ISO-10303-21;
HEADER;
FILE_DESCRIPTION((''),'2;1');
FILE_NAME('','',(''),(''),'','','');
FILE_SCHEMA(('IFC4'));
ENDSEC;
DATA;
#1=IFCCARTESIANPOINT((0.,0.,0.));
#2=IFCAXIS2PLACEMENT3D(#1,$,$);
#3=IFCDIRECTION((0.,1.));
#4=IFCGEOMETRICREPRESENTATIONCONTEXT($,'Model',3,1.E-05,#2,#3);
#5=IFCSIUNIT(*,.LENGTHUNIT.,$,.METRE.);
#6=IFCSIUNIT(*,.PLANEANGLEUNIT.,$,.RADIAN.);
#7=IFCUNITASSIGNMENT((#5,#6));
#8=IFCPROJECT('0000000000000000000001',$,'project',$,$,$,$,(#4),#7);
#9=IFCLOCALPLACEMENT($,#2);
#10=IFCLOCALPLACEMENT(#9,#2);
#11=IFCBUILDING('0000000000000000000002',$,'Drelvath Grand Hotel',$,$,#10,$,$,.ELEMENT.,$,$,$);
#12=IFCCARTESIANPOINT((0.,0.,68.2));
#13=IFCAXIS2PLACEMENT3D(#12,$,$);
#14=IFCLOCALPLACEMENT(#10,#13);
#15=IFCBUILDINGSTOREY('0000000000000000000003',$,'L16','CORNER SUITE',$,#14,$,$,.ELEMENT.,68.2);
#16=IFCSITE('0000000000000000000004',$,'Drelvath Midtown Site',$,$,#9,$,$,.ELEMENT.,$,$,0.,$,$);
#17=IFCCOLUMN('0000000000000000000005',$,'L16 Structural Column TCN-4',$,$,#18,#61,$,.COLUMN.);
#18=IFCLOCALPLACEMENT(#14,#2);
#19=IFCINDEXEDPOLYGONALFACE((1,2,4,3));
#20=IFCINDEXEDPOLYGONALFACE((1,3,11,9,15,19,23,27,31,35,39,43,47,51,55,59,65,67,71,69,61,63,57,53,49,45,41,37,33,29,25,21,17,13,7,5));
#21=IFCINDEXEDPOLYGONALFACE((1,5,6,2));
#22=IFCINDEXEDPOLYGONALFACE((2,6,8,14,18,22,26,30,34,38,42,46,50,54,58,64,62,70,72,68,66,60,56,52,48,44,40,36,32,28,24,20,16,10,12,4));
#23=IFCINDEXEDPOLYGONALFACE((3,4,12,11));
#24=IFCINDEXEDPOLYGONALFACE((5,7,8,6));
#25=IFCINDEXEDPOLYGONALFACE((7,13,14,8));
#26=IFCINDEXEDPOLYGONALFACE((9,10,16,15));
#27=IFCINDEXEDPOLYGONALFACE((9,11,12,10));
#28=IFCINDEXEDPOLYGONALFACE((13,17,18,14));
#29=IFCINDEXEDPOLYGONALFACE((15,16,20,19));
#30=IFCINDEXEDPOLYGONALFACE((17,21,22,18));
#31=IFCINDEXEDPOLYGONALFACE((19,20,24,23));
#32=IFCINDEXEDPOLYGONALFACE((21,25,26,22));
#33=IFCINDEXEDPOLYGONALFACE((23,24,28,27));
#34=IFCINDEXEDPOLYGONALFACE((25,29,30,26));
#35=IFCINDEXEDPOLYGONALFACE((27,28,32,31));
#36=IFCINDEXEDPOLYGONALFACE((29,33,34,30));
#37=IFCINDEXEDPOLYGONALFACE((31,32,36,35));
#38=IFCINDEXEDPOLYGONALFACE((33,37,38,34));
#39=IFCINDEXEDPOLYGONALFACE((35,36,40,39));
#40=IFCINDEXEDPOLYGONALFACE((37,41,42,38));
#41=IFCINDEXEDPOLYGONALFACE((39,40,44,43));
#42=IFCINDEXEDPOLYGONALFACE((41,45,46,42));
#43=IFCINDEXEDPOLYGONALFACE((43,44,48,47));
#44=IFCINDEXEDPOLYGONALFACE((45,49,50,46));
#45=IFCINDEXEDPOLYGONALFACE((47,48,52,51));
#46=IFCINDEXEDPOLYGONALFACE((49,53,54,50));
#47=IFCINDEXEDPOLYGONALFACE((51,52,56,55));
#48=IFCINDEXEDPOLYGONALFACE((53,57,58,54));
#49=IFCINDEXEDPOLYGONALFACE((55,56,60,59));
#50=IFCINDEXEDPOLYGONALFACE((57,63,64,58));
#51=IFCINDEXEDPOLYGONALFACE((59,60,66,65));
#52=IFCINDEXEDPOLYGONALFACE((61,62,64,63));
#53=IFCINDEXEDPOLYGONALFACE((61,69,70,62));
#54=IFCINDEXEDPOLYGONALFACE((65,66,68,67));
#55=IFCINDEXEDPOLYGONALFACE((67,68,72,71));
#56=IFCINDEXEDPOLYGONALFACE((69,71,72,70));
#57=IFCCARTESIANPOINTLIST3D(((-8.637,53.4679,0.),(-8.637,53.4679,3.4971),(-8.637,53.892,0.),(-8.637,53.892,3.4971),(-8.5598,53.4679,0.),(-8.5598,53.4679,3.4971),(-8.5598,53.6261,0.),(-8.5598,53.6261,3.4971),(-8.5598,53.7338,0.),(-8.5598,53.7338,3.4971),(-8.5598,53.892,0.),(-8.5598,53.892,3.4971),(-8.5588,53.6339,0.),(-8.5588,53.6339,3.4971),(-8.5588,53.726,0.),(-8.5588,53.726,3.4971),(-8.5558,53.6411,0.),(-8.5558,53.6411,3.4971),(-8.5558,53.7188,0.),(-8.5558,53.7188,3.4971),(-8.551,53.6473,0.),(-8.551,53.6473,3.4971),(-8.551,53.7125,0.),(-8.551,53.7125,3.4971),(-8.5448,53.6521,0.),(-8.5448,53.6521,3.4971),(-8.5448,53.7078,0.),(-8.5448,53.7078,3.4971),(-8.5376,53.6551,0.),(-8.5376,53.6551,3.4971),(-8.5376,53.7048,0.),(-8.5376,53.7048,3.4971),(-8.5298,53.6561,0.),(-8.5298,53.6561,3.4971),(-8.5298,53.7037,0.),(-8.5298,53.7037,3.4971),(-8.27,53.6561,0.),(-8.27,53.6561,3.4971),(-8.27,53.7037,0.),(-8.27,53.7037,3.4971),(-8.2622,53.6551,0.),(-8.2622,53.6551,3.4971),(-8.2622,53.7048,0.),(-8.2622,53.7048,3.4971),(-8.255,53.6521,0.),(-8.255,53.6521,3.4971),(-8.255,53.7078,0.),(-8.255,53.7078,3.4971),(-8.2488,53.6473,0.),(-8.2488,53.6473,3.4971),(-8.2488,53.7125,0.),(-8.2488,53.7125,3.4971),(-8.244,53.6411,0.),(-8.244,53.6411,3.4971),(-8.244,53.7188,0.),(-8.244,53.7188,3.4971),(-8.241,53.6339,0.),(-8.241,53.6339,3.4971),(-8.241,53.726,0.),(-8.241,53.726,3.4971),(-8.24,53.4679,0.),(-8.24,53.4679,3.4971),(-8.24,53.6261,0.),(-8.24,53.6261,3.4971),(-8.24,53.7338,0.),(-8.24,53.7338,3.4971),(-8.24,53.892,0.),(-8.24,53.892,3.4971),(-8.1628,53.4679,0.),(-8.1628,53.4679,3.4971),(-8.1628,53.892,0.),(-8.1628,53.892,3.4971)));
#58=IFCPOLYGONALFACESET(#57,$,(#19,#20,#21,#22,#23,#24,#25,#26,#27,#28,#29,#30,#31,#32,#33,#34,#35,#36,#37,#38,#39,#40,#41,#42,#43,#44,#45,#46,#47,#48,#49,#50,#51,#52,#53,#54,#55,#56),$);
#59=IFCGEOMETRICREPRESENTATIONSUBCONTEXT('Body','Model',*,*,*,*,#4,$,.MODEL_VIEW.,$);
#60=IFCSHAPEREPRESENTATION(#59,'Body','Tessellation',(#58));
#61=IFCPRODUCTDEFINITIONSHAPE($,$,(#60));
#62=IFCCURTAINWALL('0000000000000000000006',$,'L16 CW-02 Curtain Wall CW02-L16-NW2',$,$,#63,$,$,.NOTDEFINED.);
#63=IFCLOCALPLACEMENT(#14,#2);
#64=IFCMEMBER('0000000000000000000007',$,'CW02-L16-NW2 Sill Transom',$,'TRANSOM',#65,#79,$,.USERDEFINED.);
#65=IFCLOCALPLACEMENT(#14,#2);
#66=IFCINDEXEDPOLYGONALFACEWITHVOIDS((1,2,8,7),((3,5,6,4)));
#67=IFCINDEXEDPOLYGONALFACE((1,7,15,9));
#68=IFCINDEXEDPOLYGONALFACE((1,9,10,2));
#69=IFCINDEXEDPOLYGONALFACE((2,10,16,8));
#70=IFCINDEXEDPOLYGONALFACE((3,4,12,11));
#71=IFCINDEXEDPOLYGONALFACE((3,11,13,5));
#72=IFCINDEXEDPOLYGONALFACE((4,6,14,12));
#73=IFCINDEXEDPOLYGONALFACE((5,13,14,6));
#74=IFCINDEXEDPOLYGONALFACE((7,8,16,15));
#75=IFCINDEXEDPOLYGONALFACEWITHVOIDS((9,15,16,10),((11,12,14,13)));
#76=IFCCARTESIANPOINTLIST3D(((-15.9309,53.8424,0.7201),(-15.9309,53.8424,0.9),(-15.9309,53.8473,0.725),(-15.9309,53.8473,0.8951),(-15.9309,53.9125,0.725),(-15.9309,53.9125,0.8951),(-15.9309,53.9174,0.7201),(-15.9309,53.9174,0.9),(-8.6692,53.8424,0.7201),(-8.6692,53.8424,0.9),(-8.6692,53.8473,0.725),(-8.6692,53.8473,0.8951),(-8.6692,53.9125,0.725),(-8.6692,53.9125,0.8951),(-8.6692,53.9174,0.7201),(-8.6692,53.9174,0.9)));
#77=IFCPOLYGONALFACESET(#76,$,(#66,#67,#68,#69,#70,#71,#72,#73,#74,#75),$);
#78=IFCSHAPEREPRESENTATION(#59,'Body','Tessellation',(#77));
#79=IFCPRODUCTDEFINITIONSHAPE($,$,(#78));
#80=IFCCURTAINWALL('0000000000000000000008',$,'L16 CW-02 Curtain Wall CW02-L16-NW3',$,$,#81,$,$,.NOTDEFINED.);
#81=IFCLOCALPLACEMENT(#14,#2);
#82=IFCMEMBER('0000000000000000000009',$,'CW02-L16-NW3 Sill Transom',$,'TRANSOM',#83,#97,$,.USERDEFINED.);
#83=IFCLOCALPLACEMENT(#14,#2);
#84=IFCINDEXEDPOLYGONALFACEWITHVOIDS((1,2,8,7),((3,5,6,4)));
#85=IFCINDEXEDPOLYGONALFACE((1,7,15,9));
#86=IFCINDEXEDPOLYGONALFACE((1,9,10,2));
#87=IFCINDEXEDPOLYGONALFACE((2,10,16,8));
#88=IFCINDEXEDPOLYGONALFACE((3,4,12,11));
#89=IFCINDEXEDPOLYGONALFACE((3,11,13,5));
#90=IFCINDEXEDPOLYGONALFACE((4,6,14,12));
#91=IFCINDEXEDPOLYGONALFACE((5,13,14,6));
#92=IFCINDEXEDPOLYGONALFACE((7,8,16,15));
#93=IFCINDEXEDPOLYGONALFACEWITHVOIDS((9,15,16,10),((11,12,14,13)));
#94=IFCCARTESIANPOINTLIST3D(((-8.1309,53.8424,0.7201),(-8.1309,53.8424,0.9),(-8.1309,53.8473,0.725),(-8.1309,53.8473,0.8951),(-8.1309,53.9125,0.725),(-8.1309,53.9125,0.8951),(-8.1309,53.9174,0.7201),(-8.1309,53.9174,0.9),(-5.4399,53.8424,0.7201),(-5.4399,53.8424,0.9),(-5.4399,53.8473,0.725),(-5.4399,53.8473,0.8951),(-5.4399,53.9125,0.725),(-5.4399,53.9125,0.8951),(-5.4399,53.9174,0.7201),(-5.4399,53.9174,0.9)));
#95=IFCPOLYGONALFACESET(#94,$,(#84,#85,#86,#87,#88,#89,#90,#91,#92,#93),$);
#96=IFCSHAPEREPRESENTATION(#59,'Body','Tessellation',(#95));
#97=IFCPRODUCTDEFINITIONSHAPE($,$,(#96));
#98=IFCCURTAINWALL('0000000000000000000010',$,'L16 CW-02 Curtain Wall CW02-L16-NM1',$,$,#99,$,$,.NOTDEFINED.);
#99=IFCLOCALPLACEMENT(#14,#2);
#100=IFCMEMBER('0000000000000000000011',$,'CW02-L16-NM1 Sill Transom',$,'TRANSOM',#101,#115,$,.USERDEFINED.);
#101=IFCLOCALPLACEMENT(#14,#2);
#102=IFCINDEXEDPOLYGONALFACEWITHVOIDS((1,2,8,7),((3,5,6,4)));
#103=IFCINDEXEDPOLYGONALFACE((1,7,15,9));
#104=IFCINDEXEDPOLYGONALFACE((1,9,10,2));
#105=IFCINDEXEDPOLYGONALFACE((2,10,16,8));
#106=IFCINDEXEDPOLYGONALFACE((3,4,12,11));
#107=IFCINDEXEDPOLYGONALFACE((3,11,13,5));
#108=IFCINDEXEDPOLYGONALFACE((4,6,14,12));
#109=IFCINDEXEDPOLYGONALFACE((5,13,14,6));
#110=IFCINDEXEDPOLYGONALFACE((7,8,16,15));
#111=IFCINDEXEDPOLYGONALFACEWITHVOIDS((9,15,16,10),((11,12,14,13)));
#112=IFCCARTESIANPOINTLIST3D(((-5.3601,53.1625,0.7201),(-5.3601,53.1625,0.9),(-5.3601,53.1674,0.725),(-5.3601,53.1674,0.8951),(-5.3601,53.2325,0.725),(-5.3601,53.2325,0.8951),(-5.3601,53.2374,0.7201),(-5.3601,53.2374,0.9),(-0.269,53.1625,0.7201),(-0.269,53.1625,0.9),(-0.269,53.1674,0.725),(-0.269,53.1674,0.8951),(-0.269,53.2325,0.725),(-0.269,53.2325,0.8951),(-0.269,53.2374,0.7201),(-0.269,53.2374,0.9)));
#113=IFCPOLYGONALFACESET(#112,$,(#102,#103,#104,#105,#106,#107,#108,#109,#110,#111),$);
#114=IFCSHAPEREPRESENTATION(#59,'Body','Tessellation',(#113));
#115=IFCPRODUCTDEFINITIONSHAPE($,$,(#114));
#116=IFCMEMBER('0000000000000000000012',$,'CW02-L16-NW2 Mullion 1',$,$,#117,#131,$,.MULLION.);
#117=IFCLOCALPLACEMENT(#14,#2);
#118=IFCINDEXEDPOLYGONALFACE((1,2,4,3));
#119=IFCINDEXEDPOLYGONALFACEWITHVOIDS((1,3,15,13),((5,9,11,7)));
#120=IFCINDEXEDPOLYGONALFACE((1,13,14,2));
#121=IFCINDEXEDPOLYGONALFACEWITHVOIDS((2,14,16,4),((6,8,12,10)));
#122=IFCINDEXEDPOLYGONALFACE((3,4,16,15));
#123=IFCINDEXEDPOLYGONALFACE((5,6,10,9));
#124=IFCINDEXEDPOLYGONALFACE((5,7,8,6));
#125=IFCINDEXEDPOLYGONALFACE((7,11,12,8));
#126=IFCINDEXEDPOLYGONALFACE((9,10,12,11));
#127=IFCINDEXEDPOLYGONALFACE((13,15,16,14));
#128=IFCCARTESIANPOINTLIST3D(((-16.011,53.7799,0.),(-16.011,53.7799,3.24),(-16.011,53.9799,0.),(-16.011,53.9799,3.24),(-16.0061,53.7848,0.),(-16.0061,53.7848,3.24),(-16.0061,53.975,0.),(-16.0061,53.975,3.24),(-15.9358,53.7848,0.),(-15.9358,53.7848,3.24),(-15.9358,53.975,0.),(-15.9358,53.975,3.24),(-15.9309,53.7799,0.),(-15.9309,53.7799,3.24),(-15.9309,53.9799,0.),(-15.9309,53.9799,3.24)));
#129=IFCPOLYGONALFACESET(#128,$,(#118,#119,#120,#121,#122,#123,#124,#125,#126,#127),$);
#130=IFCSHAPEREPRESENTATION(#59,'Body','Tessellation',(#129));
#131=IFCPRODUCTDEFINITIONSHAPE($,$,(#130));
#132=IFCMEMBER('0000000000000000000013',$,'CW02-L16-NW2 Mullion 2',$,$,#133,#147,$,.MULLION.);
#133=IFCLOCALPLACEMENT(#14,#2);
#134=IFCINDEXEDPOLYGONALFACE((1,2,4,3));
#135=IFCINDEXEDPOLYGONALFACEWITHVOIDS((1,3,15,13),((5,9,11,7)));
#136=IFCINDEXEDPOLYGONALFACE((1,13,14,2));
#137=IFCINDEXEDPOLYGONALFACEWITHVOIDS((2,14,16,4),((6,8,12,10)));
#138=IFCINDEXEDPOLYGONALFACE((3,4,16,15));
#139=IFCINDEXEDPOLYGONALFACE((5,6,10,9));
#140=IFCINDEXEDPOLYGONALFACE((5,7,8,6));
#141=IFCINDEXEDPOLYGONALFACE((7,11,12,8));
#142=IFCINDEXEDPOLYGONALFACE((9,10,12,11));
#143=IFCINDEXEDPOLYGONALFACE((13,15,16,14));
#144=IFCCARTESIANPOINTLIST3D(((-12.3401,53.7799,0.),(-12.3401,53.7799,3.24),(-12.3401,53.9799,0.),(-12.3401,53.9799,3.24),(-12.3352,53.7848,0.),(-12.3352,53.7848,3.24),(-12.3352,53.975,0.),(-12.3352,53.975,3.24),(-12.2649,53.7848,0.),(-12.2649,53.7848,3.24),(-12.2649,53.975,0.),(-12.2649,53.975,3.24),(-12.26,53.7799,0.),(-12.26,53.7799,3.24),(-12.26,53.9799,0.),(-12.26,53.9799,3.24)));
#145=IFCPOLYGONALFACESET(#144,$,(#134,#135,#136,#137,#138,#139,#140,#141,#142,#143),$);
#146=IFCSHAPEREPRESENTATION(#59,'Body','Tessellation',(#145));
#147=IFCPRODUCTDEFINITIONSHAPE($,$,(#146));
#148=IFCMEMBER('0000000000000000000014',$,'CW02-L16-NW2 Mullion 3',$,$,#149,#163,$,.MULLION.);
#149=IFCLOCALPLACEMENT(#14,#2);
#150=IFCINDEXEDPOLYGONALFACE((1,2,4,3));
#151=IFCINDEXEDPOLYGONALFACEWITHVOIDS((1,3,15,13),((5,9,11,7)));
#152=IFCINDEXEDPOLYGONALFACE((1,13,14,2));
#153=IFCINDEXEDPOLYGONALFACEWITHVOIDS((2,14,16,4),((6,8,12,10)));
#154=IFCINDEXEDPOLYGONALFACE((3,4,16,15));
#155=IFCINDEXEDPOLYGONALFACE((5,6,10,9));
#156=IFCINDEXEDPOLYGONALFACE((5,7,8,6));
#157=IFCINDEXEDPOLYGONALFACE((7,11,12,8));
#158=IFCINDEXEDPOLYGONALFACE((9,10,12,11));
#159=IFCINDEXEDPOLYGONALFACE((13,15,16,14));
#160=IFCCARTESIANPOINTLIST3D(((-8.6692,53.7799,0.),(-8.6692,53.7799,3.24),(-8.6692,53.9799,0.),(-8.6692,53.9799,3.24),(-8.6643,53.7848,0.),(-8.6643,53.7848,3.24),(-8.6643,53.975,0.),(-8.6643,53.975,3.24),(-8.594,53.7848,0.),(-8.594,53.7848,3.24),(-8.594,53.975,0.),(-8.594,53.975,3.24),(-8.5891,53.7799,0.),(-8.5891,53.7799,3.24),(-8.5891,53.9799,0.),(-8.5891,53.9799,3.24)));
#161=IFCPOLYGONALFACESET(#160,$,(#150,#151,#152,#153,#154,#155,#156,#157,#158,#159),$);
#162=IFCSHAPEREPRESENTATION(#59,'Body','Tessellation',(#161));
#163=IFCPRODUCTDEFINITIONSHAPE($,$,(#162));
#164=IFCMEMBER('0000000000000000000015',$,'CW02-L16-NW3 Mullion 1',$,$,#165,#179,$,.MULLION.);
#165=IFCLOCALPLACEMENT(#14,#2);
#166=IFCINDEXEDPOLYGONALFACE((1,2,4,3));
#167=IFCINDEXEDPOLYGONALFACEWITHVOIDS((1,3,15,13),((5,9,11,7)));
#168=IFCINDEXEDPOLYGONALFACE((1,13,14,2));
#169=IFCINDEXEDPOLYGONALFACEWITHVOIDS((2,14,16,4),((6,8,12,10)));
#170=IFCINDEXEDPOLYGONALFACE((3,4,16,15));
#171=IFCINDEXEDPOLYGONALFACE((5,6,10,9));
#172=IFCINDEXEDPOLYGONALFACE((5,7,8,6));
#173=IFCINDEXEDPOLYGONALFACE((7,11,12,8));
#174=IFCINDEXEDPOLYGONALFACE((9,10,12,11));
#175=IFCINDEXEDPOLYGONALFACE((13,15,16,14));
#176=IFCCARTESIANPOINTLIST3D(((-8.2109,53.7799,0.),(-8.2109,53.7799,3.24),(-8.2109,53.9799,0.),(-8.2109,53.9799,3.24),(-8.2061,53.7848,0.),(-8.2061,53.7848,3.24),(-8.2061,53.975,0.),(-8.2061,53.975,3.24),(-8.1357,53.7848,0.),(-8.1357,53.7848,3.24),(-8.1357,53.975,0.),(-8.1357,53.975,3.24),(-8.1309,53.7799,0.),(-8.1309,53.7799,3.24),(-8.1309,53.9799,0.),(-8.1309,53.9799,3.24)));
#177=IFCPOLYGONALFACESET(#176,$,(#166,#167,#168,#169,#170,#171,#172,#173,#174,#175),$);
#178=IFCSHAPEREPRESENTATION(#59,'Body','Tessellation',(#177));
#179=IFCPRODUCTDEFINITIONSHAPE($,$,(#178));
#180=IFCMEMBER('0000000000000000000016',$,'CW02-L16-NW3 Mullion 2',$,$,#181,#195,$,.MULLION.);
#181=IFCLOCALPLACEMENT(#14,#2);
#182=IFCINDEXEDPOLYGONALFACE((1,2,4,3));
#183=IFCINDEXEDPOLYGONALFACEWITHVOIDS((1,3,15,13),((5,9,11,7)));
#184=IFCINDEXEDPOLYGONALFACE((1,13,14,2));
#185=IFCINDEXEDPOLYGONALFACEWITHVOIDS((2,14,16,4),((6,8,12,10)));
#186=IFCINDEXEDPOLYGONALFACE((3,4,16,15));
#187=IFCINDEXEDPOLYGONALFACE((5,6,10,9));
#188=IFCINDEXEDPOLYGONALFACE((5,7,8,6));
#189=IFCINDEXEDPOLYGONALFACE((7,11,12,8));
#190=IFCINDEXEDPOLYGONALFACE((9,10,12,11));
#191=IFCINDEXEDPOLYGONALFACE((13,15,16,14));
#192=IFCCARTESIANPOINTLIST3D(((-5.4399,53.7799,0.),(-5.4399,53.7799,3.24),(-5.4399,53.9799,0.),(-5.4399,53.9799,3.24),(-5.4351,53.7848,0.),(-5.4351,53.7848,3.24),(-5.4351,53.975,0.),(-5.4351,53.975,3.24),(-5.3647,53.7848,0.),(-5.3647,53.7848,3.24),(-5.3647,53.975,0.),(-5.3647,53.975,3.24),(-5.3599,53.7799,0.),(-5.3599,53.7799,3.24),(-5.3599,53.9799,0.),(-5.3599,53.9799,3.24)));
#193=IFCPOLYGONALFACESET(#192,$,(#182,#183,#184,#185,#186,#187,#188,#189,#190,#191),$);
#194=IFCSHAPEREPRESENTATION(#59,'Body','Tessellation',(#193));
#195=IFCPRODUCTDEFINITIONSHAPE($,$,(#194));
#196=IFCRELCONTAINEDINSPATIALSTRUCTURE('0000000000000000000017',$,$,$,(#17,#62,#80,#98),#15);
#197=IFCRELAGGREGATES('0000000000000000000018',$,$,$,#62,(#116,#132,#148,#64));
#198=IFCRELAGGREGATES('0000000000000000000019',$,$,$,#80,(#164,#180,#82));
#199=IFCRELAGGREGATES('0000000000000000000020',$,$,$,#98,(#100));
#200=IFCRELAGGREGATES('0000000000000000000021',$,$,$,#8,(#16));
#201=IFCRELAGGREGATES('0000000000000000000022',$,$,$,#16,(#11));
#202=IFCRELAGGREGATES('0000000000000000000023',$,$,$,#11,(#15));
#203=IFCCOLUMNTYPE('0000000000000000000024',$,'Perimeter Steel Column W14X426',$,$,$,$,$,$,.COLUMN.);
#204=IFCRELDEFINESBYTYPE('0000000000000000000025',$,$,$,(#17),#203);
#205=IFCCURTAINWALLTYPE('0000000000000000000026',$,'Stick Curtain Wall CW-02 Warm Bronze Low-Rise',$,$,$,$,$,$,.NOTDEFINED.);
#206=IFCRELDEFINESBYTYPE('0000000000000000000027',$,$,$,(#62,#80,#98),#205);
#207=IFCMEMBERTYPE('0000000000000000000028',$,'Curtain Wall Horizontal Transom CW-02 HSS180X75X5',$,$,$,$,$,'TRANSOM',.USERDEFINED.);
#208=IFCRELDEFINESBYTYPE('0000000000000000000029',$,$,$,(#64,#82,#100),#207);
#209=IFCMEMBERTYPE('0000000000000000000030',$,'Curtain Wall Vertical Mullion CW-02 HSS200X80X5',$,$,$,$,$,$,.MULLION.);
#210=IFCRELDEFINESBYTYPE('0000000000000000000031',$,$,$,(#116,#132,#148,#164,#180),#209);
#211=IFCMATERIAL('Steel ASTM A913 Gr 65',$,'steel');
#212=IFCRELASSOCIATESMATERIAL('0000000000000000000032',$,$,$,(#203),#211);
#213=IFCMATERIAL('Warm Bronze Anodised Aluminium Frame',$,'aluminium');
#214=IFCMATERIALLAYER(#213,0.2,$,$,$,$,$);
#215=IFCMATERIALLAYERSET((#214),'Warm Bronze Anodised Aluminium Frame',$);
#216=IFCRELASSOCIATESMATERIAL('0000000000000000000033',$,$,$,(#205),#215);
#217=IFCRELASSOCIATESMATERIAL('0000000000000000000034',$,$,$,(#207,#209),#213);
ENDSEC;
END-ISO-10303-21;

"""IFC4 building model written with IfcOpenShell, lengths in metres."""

from ifc_helpers import new_model, si_unit, direction, frame, origin, origin_2d, place, context, subcontext, project, spatial, hollow_rectangle, i_section, extrude, material, layer, layer_set, material_profile, profile_set, type_object, element, aggregate, save


model = new_model("IFC4")

# Units and contexts
model_context = context("Model", 3, precision=1e-05, world=origin(), true_north=direction((0.0, 1.0)))
body_context = subcontext(model_context, "Body", "Model", "MODEL_VIEW")
ifc_project = project(units=[si_unit("LENGTHUNIT", "METRE"), si_unit("PLANEANGLEUNIT", "RADIAN")], contexts=[model_context])

# Site, building, storey
site_placement = place(None, origin())
site = spatial("IfcSite", under=ifc_project, at=site_placement, Name="Drelvath Midtown Site", CompositionType="ELEMENT", RefElevation=0.0)
building_placement = place(site_placement, origin())
building = spatial("IfcBuilding", under=site, at=building_placement, Name="Drelvath Grand Hotel", CompositionType="ELEMENT")
storey_placement = place(building_placement, frame((0.0, 0.0, 68.2)))
storey = spatial("IfcBuildingStorey", under=building, at=storey_placement, Name="L16", Description="CORNER SUITE", CompositionType="ELEMENT", Elevation=68.2)

# Column
ifc_material_1 = material(Name="Steel ASTM A913 Gr 65", Category="steel")
ifc_material_profile_1 = material_profile(ifc_material_1, i_section(OverallWidth=0.4241, OverallDepth=0.4741, WebThickness=0.0476, FlangeThickness=0.0771, FilletRadius=0.03, at=origin_2d()), Name="W14X426")
ifc_profile_set_1 = profile_set([ifc_material_profile_1], Name="Steel ASTM A913 Gr 65")
column_type = type_object("IfcColumnType", Name="Perimeter Steel Column W14X426", PredefinedType="COLUMN", material=ifc_profile_set_1)
column_placement = place(storey_placement, frame((-8.3999, 53.6799, 0.0), z_axis=(0.0, 0.0, 1.0), x_axis=(0.0, 1.0, 0.0)))
element("IfcColumn", 1, at=column_placement, inside=storey, type_object=column_type, Name="L16 Structural Column TCN-4", PredefinedType="COLUMN", context=body_context, shape_type="SweptSolid", body=[
    extrude(i_section(OverallWidth=0.4241, OverallDepth=0.4741, WebThickness=0.0476, FlangeThickness=0.0771, FilletRadius=0.03, at=origin_2d()), origin(), (0.0, 0.0, 1.0), 3.4971),
])

# Curtain walls, members
ifc_material_2 = material(Name="Warm Bronze Anodised Aluminium Frame", Category="aluminium")
ifc_layer_1 = layer(ifc_material_2, 0.2)
ifc_layer_set_1 = layer_set([ifc_layer_1], Name="Warm Bronze Anodised Aluminium Frame")
curtain_wall_type = type_object("IfcCurtainWallType", Name="Stick Curtain Wall CW-02 Warm Bronze Low-Rise", PredefinedType="NOTDEFINED", material=ifc_layer_set_1)
curtain_wall_1_placement = place(storey_placement, origin())
curtain_wall_1 = element("IfcCurtainWall", 2, at=curtain_wall_1_placement, inside=storey, type_object=curtain_wall_type, Name="L16 CW-02 Curtain Wall CW02-L16-NW2", PredefinedType="NOTDEFINED")
ifc_material_profile_2 = material_profile(ifc_material_2, hollow_rectangle(XDim=0.075, YDim=0.1799, WallThickness=0.0049, at=origin_2d()), Name="HSS180X75X5")
ifc_profile_set_2 = profile_set([ifc_material_profile_2], Name="Warm Bronze Anodised Aluminium Frame")
member_type_1 = type_object("IfcMemberType", Name="Curtain Wall Horizontal Transom CW-02 HSS180X75X5", ElementType="TRANSOM", PredefinedType="USERDEFINED", material=ifc_profile_set_2)
member_1_placement = place(storey_placement, frame((-15.9309, 53.8799, 0.8101), z_axis=(1.0, 0.0, 0.0), x_axis=(0.0, 1.0, 0.0)))
member_1 = element("IfcMember", 3, at=member_1_placement, type_object=member_type_1, Name="CW02-L16-NW2 Sill Transom", ObjectType="TRANSOM", PredefinedType="USERDEFINED", context=body_context, shape_type="SweptSolid", body=[
    extrude(hollow_rectangle(XDim=0.075, YDim=0.1799, WallThickness=0.0049, at=origin_2d()), origin(), (0.0, 0.0, 1.0), 7.2617),
])
curtain_wall_2_placement = place(storey_placement, origin())
curtain_wall_2 = element("IfcCurtainWall", 4, at=curtain_wall_2_placement, inside=storey, type_object=curtain_wall_type, Name="L16 CW-02 Curtain Wall CW02-L16-NW3", PredefinedType="NOTDEFINED")
member_2_placement = place(storey_placement, frame((-8.1309, 53.8799, 0.8101), z_axis=(1.0, 0.0, 0.0), x_axis=(0.0, 1.0, 0.0)))
member_2 = element("IfcMember", 5, at=member_2_placement, type_object=member_type_1, Name="CW02-L16-NW3 Sill Transom", ObjectType="TRANSOM", PredefinedType="USERDEFINED", context=body_context, shape_type="SweptSolid", body=[
    extrude(hollow_rectangle(XDim=0.075, YDim=0.1799, WallThickness=0.0049, at=origin_2d()), origin(), (0.0, 0.0, 1.0), 2.6909),
])
curtain_wall_3_placement = place(storey_placement, origin())
curtain_wall_3 = element("IfcCurtainWall", 6, at=curtain_wall_3_placement, inside=storey, type_object=curtain_wall_type, Name="L16 CW-02 Curtain Wall CW02-L16-NM1", PredefinedType="NOTDEFINED")
member_3_placement = place(storey_placement, frame((-5.3601, 53.2, 0.8101), z_axis=(1.0, 0.0, 0.0), x_axis=(0.0, 1.0, 0.0)))
member_3 = element("IfcMember", 7, at=member_3_placement, type_object=member_type_1, Name="CW02-L16-NM1 Sill Transom", ObjectType="TRANSOM", PredefinedType="USERDEFINED", context=body_context, shape_type="SweptSolid", body=[
    extrude(hollow_rectangle(XDim=0.075, YDim=0.1799, WallThickness=0.0049, at=origin_2d()), origin(), (0.0, 0.0, 1.0), 5.0911),
])

# Members
ifc_material_profile_3 = material_profile(ifc_material_2, hollow_rectangle(XDim=0.0801, YDim=0.2, WallThickness=0.0049, at=origin_2d()), Name="HSS200X80X5")
ifc_profile_set_3 = profile_set([ifc_material_profile_3], Name="Warm Bronze Anodised Aluminium Frame")
member_type_2 = type_object("IfcMemberType", Name="Curtain Wall Vertical Mullion CW-02 HSS200X80X5", PredefinedType="MULLION", material=ifc_profile_set_3)
member_4_placement = place(storey_placement, frame((-15.9709, 53.8799, 0.0), z_axis=(0.0, 0.0, 1.0), x_axis=(1.0, 0.0, 0.0)))
member_4 = element("IfcMember", 8, at=member_4_placement, type_object=member_type_2, Name="CW02-L16-NW2 Mullion 1", PredefinedType="MULLION", context=body_context, shape_type="SweptSolid", body=[
    extrude(hollow_rectangle(XDim=0.0801, YDim=0.2, WallThickness=0.0049, at=origin_2d()), origin(), (0.0, 0.0, 1.0), 3.24),
])
member_5_placement = place(storey_placement, frame((-12.3, 53.8799, 0.0), z_axis=(0.0, 0.0, 1.0), x_axis=(1.0, 0.0, 0.0)))
member_5 = element("IfcMember", 9, at=member_5_placement, type_object=member_type_2, Name="CW02-L16-NW2 Mullion 2", PredefinedType="MULLION", context=body_context, shape_type="SweptSolid", body=[
    extrude(hollow_rectangle(XDim=0.0801, YDim=0.2, WallThickness=0.0049, at=origin_2d()), origin(), (0.0, 0.0, 1.0), 3.24),
])
member_6_placement = place(storey_placement, frame((-8.6292, 53.8799, 0.0), z_axis=(0.0, 0.0, 1.0), x_axis=(1.0, 0.0, 0.0)))
member_6 = element("IfcMember", 10, at=member_6_placement, type_object=member_type_2, Name="CW02-L16-NW2 Mullion 3", PredefinedType="MULLION", context=body_context, shape_type="SweptSolid", body=[
    extrude(hollow_rectangle(XDim=0.0801, YDim=0.2, WallThickness=0.0049, at=origin_2d()), origin(), (0.0, 0.0, 1.0), 3.24),
])
member_7_placement = place(storey_placement, frame((-8.1709, 53.8799, 0.0), z_axis=(0.0, 0.0, 1.0), x_axis=(1.0, 0.0, 0.0)))
member_7 = element("IfcMember", 11, at=member_7_placement, type_object=member_type_2, Name="CW02-L16-NW3 Mullion 1", PredefinedType="MULLION", context=body_context, shape_type="SweptSolid", body=[
    extrude(hollow_rectangle(XDim=0.0801, YDim=0.2, WallThickness=0.0049, at=origin_2d()), origin(), (0.0, 0.0, 1.0), 3.24),
])
member_8_placement = place(storey_placement, frame((-5.3999, 53.8799, 0.0), z_axis=(0.0, 0.0, 1.0), x_axis=(1.0, 0.0, 0.0)))
member_8 = element("IfcMember", 12, at=member_8_placement, type_object=member_type_2, Name="CW02-L16-NW3 Mullion 2", PredefinedType="MULLION", context=body_context, shape_type="SweptSolid", body=[
    extrude(hollow_rectangle(XDim=0.0801, YDim=0.2, WallThickness=0.0049, at=origin_2d()), origin(), (0.0, 0.0, 1.0), 3.24),
])

aggregate(curtain_wall_1, [member_4, member_5, member_6, member_1])
aggregate(curtain_wall_2, [member_7, member_8, member_2])
aggregate(curtain_wall_3, [member_3])

save(model, "model.ifc")
